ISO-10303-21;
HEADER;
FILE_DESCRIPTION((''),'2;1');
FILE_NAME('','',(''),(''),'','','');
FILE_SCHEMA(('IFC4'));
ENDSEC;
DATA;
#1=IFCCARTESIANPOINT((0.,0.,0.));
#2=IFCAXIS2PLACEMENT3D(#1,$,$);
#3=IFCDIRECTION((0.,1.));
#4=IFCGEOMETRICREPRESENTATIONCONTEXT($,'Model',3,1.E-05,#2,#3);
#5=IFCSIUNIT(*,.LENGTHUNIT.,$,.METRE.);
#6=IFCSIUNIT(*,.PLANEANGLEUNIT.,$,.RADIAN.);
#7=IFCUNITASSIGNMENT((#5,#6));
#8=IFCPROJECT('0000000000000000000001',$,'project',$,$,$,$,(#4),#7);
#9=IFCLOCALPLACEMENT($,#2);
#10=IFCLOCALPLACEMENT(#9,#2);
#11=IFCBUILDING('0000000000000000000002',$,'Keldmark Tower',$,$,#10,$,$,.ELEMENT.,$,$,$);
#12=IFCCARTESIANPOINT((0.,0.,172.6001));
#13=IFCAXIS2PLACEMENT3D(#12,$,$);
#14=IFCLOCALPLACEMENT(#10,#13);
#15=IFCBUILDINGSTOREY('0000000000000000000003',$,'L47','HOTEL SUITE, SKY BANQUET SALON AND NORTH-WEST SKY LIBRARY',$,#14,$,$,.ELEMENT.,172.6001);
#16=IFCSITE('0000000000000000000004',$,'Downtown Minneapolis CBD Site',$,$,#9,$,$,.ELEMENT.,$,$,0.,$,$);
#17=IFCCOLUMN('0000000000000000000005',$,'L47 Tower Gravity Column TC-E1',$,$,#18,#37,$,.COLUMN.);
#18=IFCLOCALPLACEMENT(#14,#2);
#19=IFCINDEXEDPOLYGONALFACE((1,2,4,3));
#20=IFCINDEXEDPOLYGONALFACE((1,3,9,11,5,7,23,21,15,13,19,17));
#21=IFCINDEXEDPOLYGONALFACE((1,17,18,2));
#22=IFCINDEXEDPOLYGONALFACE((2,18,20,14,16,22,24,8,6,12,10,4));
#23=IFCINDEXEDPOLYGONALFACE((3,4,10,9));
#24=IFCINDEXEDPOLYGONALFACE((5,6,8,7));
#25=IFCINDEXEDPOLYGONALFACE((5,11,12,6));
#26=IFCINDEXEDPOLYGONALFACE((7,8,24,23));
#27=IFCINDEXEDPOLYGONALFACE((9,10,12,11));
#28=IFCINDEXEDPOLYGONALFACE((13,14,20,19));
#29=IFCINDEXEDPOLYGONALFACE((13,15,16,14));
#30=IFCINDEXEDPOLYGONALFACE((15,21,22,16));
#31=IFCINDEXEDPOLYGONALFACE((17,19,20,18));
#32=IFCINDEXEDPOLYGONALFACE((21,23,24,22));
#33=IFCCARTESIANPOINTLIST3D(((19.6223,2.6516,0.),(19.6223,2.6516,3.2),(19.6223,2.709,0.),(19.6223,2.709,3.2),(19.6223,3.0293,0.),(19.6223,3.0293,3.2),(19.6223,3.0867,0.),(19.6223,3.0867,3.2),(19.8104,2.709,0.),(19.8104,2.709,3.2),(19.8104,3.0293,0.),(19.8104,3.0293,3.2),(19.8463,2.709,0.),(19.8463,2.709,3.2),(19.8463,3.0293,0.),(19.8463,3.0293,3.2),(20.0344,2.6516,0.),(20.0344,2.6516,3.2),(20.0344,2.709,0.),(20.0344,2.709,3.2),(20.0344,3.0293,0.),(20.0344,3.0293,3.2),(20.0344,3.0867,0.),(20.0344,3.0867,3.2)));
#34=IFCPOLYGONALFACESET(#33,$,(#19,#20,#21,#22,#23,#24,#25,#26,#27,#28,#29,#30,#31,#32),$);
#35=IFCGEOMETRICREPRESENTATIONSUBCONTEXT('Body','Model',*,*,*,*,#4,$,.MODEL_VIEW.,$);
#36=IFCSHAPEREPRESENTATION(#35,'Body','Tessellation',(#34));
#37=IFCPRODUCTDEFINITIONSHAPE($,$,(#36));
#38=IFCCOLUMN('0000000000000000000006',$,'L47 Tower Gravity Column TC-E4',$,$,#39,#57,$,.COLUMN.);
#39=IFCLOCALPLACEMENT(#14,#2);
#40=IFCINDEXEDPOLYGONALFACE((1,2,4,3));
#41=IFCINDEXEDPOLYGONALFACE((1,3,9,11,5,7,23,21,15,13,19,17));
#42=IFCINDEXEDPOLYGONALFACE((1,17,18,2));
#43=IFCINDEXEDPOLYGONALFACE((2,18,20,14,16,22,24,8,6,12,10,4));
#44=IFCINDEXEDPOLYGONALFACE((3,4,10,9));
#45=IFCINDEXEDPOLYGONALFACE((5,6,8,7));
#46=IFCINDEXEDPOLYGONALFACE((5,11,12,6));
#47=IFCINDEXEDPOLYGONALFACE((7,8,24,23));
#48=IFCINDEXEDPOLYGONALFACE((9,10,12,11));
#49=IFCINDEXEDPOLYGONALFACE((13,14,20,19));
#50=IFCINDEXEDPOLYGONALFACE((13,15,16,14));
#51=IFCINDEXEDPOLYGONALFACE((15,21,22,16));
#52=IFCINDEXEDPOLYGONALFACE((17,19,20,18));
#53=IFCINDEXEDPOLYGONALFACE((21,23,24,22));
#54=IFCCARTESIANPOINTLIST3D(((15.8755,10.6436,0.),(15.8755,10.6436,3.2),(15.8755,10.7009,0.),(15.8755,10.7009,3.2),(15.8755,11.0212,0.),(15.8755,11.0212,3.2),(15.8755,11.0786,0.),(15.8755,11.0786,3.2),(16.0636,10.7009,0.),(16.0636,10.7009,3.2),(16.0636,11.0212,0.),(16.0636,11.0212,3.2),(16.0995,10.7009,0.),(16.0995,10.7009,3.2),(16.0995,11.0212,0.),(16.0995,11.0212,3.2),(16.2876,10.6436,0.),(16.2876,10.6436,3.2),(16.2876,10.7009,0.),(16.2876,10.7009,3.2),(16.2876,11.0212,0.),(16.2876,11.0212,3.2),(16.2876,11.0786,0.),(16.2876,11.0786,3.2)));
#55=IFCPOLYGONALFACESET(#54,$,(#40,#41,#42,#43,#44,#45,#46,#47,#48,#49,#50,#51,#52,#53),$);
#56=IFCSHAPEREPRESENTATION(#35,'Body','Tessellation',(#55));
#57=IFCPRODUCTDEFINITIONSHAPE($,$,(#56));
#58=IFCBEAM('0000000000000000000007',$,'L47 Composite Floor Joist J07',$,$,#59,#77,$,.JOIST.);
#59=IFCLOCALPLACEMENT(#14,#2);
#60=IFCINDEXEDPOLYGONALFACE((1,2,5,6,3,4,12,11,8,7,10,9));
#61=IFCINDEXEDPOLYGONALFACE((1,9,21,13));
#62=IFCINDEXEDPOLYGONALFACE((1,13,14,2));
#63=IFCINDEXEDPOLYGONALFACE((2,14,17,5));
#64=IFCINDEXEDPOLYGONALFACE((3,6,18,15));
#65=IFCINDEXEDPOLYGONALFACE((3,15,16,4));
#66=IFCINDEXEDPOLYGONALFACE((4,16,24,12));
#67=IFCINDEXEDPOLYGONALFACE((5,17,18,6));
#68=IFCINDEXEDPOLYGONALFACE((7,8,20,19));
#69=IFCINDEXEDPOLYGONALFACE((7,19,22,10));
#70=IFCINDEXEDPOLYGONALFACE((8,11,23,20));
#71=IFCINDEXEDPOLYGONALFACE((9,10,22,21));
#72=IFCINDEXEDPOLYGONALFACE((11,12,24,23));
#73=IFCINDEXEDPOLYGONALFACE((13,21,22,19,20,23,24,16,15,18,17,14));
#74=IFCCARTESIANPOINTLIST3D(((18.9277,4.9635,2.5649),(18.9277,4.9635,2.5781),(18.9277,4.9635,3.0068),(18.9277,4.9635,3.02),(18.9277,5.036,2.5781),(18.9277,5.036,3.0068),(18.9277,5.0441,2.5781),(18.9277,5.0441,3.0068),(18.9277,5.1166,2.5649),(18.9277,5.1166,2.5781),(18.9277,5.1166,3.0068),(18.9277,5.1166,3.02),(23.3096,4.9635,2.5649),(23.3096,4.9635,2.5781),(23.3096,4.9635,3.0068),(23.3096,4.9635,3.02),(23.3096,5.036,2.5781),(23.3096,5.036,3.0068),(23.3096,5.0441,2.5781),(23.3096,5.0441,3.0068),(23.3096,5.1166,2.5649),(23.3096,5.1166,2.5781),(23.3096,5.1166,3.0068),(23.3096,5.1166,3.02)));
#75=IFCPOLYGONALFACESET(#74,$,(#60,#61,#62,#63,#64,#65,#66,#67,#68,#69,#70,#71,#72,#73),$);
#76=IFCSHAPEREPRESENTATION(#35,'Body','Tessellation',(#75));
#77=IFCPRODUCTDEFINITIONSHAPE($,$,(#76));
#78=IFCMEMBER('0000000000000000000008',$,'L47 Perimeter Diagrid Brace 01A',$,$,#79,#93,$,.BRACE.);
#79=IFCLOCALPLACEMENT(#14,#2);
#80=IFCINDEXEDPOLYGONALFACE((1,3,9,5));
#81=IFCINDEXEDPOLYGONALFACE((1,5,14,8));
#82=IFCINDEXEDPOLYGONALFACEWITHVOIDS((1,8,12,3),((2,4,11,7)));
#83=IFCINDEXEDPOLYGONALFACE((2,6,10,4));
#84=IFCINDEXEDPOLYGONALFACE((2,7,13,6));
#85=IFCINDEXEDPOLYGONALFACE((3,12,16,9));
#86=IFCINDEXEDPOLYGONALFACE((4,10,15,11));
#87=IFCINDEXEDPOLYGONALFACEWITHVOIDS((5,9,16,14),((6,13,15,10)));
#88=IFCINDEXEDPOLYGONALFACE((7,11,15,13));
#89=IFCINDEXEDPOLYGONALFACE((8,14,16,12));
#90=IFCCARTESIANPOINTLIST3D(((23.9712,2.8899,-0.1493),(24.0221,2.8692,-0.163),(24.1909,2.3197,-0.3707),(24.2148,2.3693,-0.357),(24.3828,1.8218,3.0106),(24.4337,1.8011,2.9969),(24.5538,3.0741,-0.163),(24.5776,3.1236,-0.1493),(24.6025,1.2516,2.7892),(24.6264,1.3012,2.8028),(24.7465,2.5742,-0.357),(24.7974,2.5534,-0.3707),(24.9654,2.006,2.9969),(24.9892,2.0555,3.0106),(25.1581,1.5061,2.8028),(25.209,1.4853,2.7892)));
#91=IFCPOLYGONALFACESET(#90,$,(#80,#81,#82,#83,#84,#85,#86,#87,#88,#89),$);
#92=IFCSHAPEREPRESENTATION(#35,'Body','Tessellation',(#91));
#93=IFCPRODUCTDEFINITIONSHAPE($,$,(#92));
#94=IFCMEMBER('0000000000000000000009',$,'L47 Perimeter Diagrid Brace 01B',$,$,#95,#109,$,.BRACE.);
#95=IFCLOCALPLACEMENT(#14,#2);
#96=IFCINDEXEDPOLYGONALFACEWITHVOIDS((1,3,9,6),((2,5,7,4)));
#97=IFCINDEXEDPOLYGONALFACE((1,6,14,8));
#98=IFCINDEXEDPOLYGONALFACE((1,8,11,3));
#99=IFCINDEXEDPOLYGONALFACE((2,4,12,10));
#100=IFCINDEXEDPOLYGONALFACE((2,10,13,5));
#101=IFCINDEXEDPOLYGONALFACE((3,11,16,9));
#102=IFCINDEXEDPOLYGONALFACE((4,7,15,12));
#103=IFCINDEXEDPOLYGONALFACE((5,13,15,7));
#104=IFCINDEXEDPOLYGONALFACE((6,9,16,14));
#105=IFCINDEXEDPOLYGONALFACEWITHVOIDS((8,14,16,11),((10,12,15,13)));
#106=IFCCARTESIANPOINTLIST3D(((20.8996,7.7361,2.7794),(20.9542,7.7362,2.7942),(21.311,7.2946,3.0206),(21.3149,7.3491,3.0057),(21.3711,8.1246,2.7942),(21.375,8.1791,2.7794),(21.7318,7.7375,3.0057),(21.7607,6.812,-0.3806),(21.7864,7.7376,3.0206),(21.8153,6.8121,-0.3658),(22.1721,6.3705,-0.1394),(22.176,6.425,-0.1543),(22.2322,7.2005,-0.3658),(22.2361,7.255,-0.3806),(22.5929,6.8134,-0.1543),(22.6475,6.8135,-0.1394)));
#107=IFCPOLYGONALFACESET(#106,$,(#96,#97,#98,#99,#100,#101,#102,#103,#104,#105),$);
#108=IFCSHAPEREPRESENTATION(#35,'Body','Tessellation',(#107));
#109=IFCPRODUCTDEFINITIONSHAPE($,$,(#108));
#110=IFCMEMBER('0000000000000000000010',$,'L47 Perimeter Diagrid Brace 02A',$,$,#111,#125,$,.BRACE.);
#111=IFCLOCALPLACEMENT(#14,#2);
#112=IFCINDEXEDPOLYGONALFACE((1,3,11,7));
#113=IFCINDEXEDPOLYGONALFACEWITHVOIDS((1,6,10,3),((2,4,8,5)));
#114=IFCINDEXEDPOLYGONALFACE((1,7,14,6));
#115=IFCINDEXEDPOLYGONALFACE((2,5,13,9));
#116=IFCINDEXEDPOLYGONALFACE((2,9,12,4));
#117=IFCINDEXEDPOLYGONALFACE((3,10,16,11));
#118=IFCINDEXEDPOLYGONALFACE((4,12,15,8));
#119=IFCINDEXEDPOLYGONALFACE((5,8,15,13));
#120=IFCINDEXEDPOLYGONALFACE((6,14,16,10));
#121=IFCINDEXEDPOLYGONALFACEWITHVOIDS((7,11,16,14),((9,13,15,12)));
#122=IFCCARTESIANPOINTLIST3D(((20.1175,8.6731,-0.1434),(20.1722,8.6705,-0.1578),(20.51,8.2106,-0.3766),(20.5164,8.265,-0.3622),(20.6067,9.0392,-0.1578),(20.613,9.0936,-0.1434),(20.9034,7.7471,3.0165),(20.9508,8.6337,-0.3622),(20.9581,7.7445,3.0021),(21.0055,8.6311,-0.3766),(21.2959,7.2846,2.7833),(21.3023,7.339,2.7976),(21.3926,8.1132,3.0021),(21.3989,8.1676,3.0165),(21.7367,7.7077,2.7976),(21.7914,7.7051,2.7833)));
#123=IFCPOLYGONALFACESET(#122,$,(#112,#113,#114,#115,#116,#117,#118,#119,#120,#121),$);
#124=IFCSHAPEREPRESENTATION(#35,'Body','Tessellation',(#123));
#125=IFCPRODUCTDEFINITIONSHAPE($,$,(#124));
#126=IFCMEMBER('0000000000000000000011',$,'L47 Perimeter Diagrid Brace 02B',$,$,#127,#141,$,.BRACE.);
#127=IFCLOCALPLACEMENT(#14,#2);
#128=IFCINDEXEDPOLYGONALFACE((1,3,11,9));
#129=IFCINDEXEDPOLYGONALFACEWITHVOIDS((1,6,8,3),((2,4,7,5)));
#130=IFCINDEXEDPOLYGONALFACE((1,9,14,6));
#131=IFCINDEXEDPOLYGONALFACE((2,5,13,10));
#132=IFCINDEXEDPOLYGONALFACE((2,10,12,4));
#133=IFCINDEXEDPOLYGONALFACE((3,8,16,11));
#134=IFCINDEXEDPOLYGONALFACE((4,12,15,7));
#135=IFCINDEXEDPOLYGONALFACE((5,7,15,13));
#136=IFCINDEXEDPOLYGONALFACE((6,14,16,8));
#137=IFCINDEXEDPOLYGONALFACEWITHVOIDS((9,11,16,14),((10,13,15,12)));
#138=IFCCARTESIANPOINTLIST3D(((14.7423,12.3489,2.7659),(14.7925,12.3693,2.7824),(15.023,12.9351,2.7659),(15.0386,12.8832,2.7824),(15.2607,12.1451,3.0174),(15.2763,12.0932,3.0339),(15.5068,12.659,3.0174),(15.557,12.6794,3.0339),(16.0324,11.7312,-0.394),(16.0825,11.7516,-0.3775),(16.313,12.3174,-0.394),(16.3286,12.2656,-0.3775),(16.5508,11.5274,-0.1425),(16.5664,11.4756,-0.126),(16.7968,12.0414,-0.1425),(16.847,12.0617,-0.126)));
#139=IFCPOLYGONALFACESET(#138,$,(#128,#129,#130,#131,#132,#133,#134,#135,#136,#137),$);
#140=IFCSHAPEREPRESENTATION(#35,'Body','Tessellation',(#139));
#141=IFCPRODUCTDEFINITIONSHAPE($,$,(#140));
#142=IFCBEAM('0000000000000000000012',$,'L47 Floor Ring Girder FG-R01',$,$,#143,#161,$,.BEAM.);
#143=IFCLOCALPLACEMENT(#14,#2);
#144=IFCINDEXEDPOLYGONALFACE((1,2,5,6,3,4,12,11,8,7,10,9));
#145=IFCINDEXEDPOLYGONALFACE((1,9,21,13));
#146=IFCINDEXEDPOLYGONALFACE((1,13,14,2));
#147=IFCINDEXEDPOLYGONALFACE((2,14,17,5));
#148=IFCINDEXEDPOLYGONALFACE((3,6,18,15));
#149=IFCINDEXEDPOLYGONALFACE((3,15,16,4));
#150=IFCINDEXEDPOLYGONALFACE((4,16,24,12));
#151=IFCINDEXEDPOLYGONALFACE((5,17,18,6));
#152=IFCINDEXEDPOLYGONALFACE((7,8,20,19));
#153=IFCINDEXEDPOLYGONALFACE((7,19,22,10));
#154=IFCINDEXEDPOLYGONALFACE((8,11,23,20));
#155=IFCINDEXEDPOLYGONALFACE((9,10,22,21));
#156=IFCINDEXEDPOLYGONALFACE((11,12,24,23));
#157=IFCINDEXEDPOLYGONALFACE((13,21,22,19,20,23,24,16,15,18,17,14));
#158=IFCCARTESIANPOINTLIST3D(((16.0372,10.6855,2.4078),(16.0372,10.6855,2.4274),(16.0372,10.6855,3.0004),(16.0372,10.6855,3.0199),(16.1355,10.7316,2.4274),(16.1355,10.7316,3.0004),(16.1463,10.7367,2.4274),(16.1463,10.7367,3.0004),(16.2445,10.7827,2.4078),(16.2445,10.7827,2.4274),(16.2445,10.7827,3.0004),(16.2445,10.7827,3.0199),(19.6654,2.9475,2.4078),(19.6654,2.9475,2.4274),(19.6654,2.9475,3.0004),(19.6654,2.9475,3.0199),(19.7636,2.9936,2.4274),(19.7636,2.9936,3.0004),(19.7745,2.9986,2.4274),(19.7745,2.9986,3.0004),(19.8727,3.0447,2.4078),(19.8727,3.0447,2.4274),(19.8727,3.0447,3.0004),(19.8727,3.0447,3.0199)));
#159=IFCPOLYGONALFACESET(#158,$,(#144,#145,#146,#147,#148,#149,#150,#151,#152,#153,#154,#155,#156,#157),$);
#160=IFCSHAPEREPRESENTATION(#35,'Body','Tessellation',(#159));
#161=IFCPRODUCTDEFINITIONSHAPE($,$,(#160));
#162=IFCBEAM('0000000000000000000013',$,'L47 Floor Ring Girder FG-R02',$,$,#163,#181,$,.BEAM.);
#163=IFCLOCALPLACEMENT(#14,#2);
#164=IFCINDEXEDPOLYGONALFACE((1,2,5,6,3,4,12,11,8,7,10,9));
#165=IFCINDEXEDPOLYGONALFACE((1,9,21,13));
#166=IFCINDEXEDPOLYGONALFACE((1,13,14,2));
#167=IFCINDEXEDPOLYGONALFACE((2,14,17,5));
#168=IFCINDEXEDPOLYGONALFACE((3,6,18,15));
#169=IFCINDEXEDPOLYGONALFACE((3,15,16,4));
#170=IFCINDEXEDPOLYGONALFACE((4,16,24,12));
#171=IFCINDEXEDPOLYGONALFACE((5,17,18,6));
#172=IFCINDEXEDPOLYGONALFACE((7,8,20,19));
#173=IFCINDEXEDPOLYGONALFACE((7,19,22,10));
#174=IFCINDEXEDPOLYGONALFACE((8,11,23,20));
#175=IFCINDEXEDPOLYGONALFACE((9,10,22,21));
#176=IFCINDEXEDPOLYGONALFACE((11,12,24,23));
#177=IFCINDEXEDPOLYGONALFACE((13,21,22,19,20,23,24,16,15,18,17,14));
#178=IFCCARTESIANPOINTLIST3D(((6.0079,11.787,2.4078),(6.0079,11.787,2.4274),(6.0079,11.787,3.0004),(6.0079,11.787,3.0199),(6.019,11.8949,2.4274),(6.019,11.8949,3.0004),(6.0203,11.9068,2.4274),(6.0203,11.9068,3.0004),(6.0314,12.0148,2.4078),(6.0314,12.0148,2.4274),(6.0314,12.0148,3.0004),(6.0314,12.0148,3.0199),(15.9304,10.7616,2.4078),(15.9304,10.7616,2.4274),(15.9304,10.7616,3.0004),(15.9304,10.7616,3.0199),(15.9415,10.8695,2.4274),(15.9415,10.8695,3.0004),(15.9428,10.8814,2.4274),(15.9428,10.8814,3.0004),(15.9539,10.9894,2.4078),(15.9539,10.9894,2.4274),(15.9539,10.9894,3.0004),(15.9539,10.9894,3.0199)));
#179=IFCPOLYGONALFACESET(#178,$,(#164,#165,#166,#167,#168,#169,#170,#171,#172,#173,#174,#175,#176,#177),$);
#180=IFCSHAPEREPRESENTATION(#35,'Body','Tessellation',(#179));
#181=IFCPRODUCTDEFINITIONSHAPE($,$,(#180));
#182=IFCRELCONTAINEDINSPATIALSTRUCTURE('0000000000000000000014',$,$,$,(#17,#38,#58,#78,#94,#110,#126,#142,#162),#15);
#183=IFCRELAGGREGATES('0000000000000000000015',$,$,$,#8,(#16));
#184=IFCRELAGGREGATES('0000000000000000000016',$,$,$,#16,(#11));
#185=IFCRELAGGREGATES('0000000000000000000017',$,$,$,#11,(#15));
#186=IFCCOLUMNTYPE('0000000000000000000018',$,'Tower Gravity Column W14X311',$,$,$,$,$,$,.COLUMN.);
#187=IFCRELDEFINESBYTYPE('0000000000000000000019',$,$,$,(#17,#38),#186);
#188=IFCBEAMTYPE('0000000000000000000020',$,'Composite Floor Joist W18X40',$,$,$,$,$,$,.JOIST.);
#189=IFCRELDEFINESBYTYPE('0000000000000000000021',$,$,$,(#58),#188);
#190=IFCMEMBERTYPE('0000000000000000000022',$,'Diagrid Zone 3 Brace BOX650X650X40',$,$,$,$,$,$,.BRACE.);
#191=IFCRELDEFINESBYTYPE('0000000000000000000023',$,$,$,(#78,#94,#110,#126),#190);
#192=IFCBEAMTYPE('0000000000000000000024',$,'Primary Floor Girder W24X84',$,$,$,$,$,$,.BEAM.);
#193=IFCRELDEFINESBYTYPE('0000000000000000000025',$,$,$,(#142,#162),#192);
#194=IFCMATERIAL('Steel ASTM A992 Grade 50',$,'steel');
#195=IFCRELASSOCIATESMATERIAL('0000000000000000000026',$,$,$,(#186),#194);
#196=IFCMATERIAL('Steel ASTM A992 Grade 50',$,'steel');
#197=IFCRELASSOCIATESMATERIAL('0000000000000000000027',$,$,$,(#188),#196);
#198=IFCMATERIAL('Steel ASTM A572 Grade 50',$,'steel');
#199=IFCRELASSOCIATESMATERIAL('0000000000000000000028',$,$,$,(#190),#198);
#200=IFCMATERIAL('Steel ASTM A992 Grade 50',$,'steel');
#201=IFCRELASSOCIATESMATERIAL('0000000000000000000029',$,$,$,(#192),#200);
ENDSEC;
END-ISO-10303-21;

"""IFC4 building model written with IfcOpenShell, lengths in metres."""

from ifc_helpers import new_model, si_unit, direction, frame, origin, origin_2d, place, context, subcontext, project, spatial, hollow_rectangle, i_section, extrude, material, material_profile, profile_set, type_object, element, save


model = new_model("IFC4")

# Units and contexts
model_context = context("Model", 3, precision=1e-05, world=origin(), true_north=direction((0.0, 1.0)))
body_context = subcontext(model_context, "Body", "Model", "MODEL_VIEW")
ifc_project = project(units=[si_unit("LENGTHUNIT", "METRE"), si_unit("PLANEANGLEUNIT", "RADIAN")], contexts=[model_context])

# Site, building, storey
site_placement = place(None, origin())
site = spatial("IfcSite", under=ifc_project, at=site_placement, Name="Downtown Minneapolis CBD Site", CompositionType="ELEMENT", RefElevation=0.0)
building_placement = place(site_placement, origin())
building = spatial("IfcBuilding", under=site, at=building_placement, Name="Keldmark Tower", CompositionType="ELEMENT")
storey_placement = place(building_placement, frame((0.0, 0.0, 172.6001)))
storey = spatial("IfcBuildingStorey", under=building, at=storey_placement, Name="L47", Description="HOTEL SUITE, SKY BANQUET SALON AND NORTH-WEST SKY LIBRARY", CompositionType="ELEMENT", Elevation=172.6001)

# Columns
ifc_material_1 = material(Name="Steel ASTM A992 Grade 50", Category="steel")
ifc_material_profile_1 = material_profile(ifc_material_1, i_section(OverallWidth=0.4121, OverallDepth=0.4351, WebThickness=0.0359, FlangeThickness=0.0574, at=origin_2d()), Name="W14X311")
ifc_profile_set_1 = profile_set([ifc_material_profile_1], Name="Steel ASTM A992 Grade 50")
column_type = type_object("IfcColumnType", Name="Tower Gravity Column W14X311", PredefinedType="COLUMN", material=ifc_profile_set_1)
for number, where, z_axis, x_axis, name in (
    (1, (19.8284, 2.8691, 0.0), (0.0, 0.0, 1.0), (1.0, 0.0, 0.0), "L47 Tower Gravity Column TC-E1"),
    (2, (16.0815, 10.8611, 0.0), (0.0, 0.0, 1.0), (1.0, 0.0, 0.0), "L47 Tower Gravity Column TC-E4"),
):
    element("IfcColumn", number, at=place(storey_placement, frame(where, z_axis=z_axis, x_axis=x_axis)), inside=storey, type_object=column_type, Name=name, PredefinedType="COLUMN", context=body_context, shape_type="SweptSolid", body=[
        extrude(i_section(OverallWidth=0.4121, OverallDepth=0.4351, WebThickness=0.0359, FlangeThickness=0.0574, at=origin_2d()), origin(), (0.0, 0.0, 1.0), 3.2),
    ])

# Beam
ifc_material_2 = material(Name="Steel ASTM A992 Grade 50", Category="steel")
ifc_material_profile_2 = material_profile(ifc_material_2, i_section(OverallWidth=0.1531, OverallDepth=0.4551, WebThickness=0.0081, FlangeThickness=0.0132, at=origin_2d()), Name="W18X40")
ifc_profile_set_2 = profile_set([ifc_material_profile_2], Name="Steel ASTM A992 Grade 50")
beam_type_1 = type_object("IfcBeamType", Name="Composite Floor Joist W18X40", PredefinedType="JOIST", material=ifc_profile_set_2)
beam_1_placement = place(storey_placement, frame((18.9277, 5.04, 2.7925), z_axis=(1.0, 0.0, 0.0), x_axis=(0.0, 1.0, 0.0)))
element("IfcBeam", 3, at=beam_1_placement, inside=storey, type_object=beam_type_1, Name="L47 Composite Floor Joist J07", PredefinedType="JOIST", context=body_context, shape_type="SweptSolid", body=[
    extrude(i_section(OverallWidth=0.1531, OverallDepth=0.4551, WebThickness=0.0081, FlangeThickness=0.0132, at=origin_2d()), origin(), (0.0, 0.0, 1.0), 4.3818),
])

# Members
ifc_material_3 = material(Name="Steel ASTM A572 Grade 50", Category="steel")
ifc_material_profile_3 = material_profile(ifc_material_3, hollow_rectangle(XDim=0.6499, YDim=0.6499, WallThickness=0.04, at=origin_2d()), Name="BOX650X650X40")
ifc_profile_set_3 = profile_set([ifc_material_profile_3], Name="Steel ASTM A572 Grade 50")
member_type = type_object("IfcMemberType", Name="Diagrid Zone 3 Brace BOX650X650X40", PredefinedType="BRACE", material=ifc_profile_set_3)
member_1_placement = place(storey_placement, frame((24.3843, 2.7217, -0.26), z_axis=(0.122475, -0.317811, 0.940211), x_axis=(0.933109, 0.359594, 0.0)))
element("IfcMember", 4, at=member_1_placement, inside=storey, type_object=member_type, Name="L47 Perimeter Diagrid Brace 01A", PredefinedType="BRACE", context=body_context, shape_type="SweptSolid", body=[
    extrude(hollow_rectangle(XDim=0.6499, YDim=0.6499, WallThickness=0.04, at=origin_2d()), origin(), (0.0, 0.0, 1.0), 3.3608),
])
member_2_placement = place(storey_placement, frame((22.2041, 6.8127, -0.26), z_axis=(-0.253037, 0.271546, 0.928566), x_axis=(-0.731601, -0.681733, 0.0)))
element("IfcMember", 5, at=member_2_placement, inside=storey, type_object=member_type, Name="L47 Perimeter Diagrid Brace 01B", PredefinedType="BRACE", context=body_context, shape_type="SweptSolid", body=[
    extrude(hollow_rectangle(XDim=0.6499, YDim=0.6499, WallThickness=0.04, at=origin_2d()), origin(), (0.0, 0.0, 1.0), 3.4031),
])
member_3_placement = place(storey_placement, frame((20.5615, 8.6521, -0.26), z_axis=(0.232148, -0.273544, 0.933424), x_axis=(0.76244, 0.647059, 0.0)))
element("IfcMember", 6, at=member_3_placement, inside=storey, type_object=member_type, Name="L47 Perimeter Diagrid Brace 02A", PredefinedType="BRACE", context=body_context, shape_type="SweptSolid", body=[
    extrude(hollow_rectangle(XDim=0.6499, YDim=0.6499, WallThickness=0.04, at=origin_2d()), origin(), (0.0, 0.0, 1.0), 3.3853),
])
member_4_placement = place(storey_placement, frame((16.4397, 11.8965, -0.26), z_axis=(-0.371926, 0.178079, 0.911021), x_axis=(-0.431854, -0.901943, 0.0)))
element("IfcMember", 7, at=member_4_placement, inside=storey, type_object=member_type, Name="L47 Perimeter Diagrid Brace 02B", PredefinedType="BRACE", context=body_context, shape_type="SweptSolid", body=[
    extrude(hollow_rectangle(XDim=0.6499, YDim=0.6499, WallThickness=0.04, at=origin_2d()), origin(), (0.0, 0.0, 1.0), 3.4685),
])

# Beams
ifc_material_4 = material(Name="Steel ASTM A992 Grade 50", Category="steel")
ifc_material_profile_4 = material_profile(ifc_material_4, i_section(OverallWidth=0.229, OverallDepth=0.6121, WebThickness=0.012, FlangeThickness=0.0195, at=origin_2d()), Name="W24X84")
ifc_profile_set_4 = profile_set([ifc_material_profile_4], Name="Steel ASTM A992 Grade 50")
beam_type_2 = type_object("IfcBeamType", Name="Primary Floor Girder W24X84", PredefinedType="BEAM", material=ifc_profile_set_4)
beam_2_placement = place(storey_placement, frame((19.769, 2.9961, 2.7139), z_axis=(-0.424527, 0.905415, 0.0), x_axis=(-0.905415, -0.424527, 0.0)))
element("IfcBeam", 8, at=beam_2_placement, inside=storey, type_object=beam_type_2, Name="L47 Floor Ring Girder FG-R01", PredefinedType="BEAM", context=body_context, shape_type="SweptSolid", body=[
    extrude(i_section(OverallWidth=0.229, OverallDepth=0.6121, WebThickness=0.012, FlangeThickness=0.0195, at=origin_2d()), origin(), (0.0, 0.0, 1.0), 8.5464),
])
beam_3_placement = place(storey_placement, frame((15.9421, 10.8755, 2.7139), z_axis=(-0.994703, 0.102791, 0.0), x_axis=(-0.102791, -0.994703, 0.0)))
element("IfcBeam", 9, at=beam_3_placement, inside=storey, type_object=beam_type_2, Name="L47 Floor Ring Girder FG-R02", PredefinedType="BEAM", context=body_context, shape_type="SweptSolid", body=[
    extrude(i_section(OverallWidth=0.229, OverallDepth=0.6121, WebThickness=0.012, FlangeThickness=0.0195, at=origin_2d()), origin(), (0.0, 0.0, 1.0), 9.9753),
])

save(model, "model.ifc")
